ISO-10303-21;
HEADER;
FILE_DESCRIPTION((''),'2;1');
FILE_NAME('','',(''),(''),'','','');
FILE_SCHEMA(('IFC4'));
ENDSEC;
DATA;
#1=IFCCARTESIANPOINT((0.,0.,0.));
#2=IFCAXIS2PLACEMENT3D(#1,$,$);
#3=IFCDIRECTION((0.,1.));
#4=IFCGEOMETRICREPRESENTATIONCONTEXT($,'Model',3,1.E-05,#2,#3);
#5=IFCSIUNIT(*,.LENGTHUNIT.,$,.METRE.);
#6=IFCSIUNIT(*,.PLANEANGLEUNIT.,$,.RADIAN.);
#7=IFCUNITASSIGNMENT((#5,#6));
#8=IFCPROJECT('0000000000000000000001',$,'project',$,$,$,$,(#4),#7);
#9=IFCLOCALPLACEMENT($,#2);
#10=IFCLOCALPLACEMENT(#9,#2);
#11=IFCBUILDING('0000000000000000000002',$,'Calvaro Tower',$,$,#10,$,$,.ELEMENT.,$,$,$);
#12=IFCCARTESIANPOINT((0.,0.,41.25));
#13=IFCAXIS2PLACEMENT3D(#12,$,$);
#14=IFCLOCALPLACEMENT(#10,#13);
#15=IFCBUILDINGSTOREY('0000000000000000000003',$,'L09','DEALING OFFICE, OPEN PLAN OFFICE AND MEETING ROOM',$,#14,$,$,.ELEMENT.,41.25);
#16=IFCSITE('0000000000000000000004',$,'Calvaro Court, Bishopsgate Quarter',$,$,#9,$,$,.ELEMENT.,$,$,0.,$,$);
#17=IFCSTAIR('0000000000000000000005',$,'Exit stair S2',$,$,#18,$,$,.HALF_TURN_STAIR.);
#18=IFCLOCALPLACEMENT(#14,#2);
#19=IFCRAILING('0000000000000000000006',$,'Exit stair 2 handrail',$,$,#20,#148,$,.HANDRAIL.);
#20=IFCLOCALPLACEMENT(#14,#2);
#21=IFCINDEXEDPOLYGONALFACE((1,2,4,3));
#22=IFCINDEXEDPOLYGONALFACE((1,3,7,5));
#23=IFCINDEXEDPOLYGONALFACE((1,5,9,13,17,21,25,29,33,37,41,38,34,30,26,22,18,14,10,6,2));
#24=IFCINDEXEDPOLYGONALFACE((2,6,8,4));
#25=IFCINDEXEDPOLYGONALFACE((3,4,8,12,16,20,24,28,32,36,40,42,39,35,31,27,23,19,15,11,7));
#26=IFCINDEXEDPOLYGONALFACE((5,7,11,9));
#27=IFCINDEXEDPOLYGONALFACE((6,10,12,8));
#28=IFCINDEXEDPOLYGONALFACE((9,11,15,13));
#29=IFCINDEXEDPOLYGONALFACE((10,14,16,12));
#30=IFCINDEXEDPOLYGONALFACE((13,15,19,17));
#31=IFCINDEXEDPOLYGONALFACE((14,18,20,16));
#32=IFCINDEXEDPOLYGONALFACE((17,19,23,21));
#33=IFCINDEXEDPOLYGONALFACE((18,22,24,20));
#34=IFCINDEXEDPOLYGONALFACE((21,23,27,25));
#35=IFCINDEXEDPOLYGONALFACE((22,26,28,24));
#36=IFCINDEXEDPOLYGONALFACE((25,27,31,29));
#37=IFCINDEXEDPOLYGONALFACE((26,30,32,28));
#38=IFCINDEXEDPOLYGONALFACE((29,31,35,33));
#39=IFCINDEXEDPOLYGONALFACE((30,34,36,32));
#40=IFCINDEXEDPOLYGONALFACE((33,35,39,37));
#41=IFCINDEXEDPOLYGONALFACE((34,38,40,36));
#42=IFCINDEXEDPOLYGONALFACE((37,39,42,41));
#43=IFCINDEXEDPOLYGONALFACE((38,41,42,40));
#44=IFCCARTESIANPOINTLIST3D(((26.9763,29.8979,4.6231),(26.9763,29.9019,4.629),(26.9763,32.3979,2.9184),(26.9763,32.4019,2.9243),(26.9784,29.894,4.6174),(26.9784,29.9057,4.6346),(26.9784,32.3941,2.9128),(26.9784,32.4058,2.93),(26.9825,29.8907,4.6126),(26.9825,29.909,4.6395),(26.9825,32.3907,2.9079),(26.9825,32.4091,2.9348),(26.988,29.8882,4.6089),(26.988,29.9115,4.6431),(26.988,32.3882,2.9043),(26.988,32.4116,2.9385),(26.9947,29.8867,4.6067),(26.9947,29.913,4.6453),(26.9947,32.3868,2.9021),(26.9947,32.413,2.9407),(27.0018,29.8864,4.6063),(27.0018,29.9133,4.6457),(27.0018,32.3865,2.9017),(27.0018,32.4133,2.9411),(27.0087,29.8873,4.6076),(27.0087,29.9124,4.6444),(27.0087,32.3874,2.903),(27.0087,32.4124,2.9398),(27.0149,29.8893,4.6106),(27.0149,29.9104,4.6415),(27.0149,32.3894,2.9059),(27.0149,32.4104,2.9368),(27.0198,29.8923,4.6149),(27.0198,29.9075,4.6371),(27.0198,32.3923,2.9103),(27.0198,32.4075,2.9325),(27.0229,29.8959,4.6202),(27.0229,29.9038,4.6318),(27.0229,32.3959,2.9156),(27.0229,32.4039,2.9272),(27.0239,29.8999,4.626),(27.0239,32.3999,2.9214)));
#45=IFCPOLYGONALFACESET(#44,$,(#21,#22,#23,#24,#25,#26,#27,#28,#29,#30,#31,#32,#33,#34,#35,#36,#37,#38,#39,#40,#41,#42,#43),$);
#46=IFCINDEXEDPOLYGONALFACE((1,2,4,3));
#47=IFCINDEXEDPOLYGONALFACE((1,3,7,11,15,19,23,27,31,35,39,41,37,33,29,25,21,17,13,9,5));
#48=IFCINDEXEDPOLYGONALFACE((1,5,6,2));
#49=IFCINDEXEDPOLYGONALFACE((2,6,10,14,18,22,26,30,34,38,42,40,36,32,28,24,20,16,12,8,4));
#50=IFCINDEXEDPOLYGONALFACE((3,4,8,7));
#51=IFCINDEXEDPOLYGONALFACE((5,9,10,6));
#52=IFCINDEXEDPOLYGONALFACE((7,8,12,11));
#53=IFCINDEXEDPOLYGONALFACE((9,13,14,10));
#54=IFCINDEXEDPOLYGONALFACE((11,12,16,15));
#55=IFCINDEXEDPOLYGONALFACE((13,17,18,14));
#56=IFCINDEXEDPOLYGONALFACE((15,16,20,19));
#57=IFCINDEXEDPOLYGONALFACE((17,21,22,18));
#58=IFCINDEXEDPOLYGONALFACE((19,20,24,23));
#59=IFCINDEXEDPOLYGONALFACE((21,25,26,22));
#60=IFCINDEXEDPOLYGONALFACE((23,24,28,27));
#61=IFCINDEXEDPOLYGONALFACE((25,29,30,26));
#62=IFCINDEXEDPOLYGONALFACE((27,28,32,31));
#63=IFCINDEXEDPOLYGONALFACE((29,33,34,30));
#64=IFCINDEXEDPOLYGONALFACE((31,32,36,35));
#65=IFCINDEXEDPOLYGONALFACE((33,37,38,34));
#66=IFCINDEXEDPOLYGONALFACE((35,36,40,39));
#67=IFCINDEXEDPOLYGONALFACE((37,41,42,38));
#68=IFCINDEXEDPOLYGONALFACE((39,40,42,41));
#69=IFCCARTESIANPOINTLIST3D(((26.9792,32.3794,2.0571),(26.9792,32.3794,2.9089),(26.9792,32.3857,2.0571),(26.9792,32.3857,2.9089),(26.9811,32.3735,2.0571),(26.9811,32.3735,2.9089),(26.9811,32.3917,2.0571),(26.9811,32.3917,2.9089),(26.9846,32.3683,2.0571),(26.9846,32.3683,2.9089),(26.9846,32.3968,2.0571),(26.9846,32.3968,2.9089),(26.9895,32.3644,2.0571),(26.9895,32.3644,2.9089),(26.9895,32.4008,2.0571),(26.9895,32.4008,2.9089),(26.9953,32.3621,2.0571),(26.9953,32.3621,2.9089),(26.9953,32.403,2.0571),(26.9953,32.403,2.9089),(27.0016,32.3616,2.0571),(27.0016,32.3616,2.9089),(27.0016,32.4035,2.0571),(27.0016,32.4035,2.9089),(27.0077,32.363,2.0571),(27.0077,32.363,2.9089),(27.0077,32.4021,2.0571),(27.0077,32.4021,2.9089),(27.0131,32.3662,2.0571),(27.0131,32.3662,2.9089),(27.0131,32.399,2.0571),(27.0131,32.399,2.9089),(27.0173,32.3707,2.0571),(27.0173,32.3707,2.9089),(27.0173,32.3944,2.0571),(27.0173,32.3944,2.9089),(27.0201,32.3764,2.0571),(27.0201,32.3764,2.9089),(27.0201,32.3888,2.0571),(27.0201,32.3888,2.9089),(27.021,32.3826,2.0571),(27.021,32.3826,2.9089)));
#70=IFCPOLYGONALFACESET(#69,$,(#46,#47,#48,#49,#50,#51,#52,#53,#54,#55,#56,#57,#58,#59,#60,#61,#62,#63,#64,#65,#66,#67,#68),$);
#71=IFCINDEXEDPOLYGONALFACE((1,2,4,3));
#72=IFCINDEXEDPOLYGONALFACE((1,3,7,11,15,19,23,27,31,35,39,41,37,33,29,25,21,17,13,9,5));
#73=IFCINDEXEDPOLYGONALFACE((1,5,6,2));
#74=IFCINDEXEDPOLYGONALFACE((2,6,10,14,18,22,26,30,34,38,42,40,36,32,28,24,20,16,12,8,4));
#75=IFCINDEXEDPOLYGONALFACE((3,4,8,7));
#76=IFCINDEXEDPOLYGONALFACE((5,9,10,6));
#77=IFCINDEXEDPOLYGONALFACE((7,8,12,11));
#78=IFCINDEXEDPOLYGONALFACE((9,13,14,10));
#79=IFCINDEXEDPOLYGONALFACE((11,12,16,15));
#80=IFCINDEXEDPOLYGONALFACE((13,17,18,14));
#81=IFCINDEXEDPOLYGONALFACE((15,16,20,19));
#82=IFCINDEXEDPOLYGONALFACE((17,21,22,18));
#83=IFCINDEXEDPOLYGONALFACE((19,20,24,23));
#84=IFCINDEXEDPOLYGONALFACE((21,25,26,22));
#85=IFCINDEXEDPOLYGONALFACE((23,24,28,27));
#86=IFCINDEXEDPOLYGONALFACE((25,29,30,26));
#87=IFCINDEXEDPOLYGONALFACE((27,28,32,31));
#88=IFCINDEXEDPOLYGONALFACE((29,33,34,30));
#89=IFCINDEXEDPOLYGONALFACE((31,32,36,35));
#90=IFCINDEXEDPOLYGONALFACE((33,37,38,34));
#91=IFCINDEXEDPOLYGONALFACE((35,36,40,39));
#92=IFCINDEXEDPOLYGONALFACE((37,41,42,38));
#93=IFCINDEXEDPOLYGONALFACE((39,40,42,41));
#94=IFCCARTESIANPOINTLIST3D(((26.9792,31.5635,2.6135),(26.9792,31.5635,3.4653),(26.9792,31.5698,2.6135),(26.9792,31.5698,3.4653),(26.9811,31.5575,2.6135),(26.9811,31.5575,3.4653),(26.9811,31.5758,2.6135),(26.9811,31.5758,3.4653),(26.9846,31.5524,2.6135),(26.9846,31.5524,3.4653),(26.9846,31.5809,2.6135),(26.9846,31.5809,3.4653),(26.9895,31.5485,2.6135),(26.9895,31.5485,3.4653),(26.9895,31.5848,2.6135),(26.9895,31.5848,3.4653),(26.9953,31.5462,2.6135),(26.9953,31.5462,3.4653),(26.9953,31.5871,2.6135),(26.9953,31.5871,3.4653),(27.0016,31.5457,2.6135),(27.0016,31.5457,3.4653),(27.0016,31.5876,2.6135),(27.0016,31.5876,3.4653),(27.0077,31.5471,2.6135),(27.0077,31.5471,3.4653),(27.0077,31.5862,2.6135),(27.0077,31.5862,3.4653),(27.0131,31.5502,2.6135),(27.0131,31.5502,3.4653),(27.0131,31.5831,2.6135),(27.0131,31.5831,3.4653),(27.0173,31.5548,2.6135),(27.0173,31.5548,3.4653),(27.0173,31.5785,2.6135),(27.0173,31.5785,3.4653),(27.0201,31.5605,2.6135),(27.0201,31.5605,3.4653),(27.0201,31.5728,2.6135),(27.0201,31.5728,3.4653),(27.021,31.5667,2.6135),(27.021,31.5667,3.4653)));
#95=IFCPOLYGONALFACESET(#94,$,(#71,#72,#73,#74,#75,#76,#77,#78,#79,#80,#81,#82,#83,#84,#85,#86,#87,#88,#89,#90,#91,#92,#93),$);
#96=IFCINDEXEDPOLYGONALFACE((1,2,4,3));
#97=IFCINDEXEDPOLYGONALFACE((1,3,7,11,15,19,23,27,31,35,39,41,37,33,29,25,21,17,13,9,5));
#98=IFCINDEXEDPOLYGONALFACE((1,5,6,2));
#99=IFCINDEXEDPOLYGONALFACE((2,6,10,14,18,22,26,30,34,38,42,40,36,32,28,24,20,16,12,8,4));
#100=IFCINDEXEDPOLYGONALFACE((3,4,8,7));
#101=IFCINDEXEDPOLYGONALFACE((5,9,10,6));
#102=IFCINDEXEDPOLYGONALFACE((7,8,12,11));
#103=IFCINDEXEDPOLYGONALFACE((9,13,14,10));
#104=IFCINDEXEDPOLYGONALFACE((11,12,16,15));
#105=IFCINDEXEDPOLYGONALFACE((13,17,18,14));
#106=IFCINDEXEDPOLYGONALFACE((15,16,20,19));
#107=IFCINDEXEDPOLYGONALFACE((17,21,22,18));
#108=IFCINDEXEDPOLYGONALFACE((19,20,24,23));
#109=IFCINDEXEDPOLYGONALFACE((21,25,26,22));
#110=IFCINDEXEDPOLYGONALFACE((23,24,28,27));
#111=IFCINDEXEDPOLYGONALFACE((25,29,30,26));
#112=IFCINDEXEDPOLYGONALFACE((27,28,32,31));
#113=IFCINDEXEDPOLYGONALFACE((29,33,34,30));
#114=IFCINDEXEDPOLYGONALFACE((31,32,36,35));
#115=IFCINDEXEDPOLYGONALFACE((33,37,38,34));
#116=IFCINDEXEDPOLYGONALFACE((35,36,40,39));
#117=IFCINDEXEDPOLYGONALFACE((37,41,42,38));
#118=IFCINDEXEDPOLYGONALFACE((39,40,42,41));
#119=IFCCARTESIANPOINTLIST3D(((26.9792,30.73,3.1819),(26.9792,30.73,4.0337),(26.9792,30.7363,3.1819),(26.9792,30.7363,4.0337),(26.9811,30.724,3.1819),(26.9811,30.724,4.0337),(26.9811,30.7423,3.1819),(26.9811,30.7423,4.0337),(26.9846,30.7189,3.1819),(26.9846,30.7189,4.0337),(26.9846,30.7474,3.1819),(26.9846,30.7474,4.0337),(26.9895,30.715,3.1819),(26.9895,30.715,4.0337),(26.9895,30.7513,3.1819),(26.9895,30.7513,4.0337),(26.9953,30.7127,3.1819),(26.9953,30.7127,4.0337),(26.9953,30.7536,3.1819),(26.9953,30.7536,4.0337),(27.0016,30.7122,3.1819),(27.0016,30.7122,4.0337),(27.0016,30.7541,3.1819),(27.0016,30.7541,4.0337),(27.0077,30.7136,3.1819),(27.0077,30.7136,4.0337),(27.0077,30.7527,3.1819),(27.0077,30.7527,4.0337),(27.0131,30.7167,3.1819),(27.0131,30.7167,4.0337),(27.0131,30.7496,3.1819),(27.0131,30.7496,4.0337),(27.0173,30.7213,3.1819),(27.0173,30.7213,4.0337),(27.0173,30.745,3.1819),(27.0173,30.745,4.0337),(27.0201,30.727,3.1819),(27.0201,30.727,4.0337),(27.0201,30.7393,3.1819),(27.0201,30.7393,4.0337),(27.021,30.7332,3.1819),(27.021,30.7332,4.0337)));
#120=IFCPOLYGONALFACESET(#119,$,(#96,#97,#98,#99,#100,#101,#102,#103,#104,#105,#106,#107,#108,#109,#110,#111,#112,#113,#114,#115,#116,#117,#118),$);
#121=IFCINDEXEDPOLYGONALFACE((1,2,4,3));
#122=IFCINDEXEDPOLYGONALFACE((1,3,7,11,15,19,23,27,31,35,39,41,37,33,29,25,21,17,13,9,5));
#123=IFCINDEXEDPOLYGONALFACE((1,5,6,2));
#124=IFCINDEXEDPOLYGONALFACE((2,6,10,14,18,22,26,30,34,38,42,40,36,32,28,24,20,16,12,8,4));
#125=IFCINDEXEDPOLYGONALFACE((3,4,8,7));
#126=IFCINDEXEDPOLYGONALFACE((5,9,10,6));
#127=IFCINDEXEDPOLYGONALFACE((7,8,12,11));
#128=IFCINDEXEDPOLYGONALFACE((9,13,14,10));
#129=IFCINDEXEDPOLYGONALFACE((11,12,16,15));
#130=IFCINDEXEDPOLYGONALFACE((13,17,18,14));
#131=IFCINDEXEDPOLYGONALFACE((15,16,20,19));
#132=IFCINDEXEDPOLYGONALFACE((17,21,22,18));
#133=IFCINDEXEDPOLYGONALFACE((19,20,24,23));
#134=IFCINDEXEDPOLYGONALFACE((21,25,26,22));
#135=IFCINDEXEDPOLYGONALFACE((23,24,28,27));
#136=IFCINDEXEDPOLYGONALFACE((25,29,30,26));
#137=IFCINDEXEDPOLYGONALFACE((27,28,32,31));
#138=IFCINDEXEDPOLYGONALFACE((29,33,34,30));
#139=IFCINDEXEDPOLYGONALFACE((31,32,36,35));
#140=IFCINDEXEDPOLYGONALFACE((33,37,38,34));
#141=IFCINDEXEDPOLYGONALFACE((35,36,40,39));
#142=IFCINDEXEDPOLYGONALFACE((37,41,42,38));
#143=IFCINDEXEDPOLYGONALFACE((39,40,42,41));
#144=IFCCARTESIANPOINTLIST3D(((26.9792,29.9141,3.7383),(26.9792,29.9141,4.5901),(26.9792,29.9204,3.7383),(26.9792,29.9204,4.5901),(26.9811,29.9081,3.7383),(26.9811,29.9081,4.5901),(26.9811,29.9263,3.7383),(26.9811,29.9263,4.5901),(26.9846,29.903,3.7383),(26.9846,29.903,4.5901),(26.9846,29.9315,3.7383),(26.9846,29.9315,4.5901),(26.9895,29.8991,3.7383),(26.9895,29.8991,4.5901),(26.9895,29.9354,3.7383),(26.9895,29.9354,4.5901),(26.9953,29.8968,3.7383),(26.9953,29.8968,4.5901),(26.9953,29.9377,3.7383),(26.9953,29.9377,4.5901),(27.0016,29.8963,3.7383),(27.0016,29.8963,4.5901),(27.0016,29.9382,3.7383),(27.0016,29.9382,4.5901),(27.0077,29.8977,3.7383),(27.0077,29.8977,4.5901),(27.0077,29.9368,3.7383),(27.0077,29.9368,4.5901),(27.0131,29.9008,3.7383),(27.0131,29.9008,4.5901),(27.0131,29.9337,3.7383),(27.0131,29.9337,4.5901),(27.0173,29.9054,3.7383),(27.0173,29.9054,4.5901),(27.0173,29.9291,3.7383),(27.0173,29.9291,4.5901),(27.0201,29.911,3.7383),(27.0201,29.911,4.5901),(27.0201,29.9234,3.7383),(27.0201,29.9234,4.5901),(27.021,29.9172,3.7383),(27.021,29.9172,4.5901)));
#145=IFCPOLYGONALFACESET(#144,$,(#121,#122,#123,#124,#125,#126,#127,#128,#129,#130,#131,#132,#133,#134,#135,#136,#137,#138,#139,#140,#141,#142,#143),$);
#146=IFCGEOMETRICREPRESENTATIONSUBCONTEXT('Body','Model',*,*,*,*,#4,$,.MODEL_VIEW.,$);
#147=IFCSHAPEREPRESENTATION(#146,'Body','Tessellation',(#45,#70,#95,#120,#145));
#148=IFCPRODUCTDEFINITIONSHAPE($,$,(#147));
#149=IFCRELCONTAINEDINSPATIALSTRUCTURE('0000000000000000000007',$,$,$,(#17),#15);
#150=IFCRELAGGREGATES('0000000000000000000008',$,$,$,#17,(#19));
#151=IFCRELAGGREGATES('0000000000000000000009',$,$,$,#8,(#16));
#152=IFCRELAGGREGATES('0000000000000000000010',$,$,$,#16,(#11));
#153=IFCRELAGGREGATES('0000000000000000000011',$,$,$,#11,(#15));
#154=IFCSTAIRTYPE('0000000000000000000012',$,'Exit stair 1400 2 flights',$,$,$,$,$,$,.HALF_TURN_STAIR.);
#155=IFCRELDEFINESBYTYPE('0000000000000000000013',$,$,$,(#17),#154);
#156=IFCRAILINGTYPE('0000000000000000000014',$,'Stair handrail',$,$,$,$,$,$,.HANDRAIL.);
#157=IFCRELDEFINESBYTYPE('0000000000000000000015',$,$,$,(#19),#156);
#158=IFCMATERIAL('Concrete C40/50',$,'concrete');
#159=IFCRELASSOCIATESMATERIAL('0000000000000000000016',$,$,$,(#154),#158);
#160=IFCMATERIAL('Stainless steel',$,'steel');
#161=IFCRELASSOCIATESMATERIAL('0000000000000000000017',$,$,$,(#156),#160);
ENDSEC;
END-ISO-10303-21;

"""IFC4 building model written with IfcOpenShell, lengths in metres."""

from ifc_helpers import new_model, si_unit, direction, frame, origin, origin_2d, place, context, subcontext, project, spatial, circle, extrude, material, type_object, element, aggregate, save


model = new_model("IFC4")

# Units and contexts
model_context = context("Model", 3, precision=1e-05, world=origin(), true_north=direction((0.0, 1.0)))
body_context = subcontext(model_context, "Body", "Model", "MODEL_VIEW")
ifc_project = project(units=[si_unit("LENGTHUNIT", "METRE"), si_unit("PLANEANGLEUNIT", "RADIAN")], contexts=[model_context])

# Site, building, storey
site_placement = place(None, origin())
site = spatial("IfcSite", under=ifc_project, at=site_placement, Name="Calvaro Court, Bishopsgate Quarter", CompositionType="ELEMENT", RefElevation=0.0)
building_placement = place(site_placement, origin())
building = spatial("IfcBuilding", under=site, at=building_placement, Name="Calvaro Tower", CompositionType="ELEMENT")
storey_placement = place(building_placement, frame((0.0, 0.0, 41.25)))
storey = spatial("IfcBuildingStorey", under=building, at=storey_placement, Name="L09", Description="DEALING OFFICE, OPEN PLAN OFFICE AND MEETING ROOM", CompositionType="ELEMENT", Elevation=41.25)

# Stair, railing
ifc_material_1 = material(Name="Concrete C40/50", Category="concrete")
stair_type = type_object("IfcStairType", Name="Exit stair 1400 2 flights", PredefinedType="HALF_TURN_STAIR", material=ifc_material_1)
stair_placement = place(storey_placement, origin())
stair = element("IfcStair", 1, at=stair_placement, inside=storey, type_object=stair_type, Name="Exit stair S2", PredefinedType="HALF_TURN_STAIR")
ifc_material_2 = material(Name="Stainless steel", Category="steel")
railing_type = type_object("IfcRailingType", Name="Stair handrail", PredefinedType="HANDRAIL", material=ifc_material_2)
railing_1_placement = place(storey_placement, frame((27.0, 32.3999, 2.0454)))
railing_1 = element("IfcRailing", 2, at=railing_1_placement, type_object=railing_type, Name="Exit stair 2 handrail", PredefinedType="HANDRAIL", context=body_context, shape_type="SweptSolid", body=[
    extrude(circle(Radius=0.0239, at=origin_2d()), frame((0.0, 0.0, 0.876), z_axis=(0.0, -0.826221, 0.563347), x_axis=(1.0, 0.0, 0.0)), (0.0, 0.0, 1.0), 3.0259),
    extrude(circle(Radius=0.021, at=origin_2d()), frame((0.0, -0.0173, 0.0117)), (0.0, 0.0, 1.0), 0.8518),
    extrude(circle(Radius=0.021, at=origin_2d()), frame((0.0, -0.8333, 0.5681)), (0.0, 0.0, 1.0), 0.8518),
    extrude(circle(Radius=0.021, at=origin_2d()), frame((0.0, -1.6667, 1.1365)), (0.0, 0.0, 1.0), 0.8518),
    extrude(circle(Radius=0.021, at=origin_2d()), frame((0.0, -2.4827, 1.6929)), (0.0, 0.0, 1.0), 0.8518),
])
aggregate(stair, [railing_1])

save(model, "model.ifc")
